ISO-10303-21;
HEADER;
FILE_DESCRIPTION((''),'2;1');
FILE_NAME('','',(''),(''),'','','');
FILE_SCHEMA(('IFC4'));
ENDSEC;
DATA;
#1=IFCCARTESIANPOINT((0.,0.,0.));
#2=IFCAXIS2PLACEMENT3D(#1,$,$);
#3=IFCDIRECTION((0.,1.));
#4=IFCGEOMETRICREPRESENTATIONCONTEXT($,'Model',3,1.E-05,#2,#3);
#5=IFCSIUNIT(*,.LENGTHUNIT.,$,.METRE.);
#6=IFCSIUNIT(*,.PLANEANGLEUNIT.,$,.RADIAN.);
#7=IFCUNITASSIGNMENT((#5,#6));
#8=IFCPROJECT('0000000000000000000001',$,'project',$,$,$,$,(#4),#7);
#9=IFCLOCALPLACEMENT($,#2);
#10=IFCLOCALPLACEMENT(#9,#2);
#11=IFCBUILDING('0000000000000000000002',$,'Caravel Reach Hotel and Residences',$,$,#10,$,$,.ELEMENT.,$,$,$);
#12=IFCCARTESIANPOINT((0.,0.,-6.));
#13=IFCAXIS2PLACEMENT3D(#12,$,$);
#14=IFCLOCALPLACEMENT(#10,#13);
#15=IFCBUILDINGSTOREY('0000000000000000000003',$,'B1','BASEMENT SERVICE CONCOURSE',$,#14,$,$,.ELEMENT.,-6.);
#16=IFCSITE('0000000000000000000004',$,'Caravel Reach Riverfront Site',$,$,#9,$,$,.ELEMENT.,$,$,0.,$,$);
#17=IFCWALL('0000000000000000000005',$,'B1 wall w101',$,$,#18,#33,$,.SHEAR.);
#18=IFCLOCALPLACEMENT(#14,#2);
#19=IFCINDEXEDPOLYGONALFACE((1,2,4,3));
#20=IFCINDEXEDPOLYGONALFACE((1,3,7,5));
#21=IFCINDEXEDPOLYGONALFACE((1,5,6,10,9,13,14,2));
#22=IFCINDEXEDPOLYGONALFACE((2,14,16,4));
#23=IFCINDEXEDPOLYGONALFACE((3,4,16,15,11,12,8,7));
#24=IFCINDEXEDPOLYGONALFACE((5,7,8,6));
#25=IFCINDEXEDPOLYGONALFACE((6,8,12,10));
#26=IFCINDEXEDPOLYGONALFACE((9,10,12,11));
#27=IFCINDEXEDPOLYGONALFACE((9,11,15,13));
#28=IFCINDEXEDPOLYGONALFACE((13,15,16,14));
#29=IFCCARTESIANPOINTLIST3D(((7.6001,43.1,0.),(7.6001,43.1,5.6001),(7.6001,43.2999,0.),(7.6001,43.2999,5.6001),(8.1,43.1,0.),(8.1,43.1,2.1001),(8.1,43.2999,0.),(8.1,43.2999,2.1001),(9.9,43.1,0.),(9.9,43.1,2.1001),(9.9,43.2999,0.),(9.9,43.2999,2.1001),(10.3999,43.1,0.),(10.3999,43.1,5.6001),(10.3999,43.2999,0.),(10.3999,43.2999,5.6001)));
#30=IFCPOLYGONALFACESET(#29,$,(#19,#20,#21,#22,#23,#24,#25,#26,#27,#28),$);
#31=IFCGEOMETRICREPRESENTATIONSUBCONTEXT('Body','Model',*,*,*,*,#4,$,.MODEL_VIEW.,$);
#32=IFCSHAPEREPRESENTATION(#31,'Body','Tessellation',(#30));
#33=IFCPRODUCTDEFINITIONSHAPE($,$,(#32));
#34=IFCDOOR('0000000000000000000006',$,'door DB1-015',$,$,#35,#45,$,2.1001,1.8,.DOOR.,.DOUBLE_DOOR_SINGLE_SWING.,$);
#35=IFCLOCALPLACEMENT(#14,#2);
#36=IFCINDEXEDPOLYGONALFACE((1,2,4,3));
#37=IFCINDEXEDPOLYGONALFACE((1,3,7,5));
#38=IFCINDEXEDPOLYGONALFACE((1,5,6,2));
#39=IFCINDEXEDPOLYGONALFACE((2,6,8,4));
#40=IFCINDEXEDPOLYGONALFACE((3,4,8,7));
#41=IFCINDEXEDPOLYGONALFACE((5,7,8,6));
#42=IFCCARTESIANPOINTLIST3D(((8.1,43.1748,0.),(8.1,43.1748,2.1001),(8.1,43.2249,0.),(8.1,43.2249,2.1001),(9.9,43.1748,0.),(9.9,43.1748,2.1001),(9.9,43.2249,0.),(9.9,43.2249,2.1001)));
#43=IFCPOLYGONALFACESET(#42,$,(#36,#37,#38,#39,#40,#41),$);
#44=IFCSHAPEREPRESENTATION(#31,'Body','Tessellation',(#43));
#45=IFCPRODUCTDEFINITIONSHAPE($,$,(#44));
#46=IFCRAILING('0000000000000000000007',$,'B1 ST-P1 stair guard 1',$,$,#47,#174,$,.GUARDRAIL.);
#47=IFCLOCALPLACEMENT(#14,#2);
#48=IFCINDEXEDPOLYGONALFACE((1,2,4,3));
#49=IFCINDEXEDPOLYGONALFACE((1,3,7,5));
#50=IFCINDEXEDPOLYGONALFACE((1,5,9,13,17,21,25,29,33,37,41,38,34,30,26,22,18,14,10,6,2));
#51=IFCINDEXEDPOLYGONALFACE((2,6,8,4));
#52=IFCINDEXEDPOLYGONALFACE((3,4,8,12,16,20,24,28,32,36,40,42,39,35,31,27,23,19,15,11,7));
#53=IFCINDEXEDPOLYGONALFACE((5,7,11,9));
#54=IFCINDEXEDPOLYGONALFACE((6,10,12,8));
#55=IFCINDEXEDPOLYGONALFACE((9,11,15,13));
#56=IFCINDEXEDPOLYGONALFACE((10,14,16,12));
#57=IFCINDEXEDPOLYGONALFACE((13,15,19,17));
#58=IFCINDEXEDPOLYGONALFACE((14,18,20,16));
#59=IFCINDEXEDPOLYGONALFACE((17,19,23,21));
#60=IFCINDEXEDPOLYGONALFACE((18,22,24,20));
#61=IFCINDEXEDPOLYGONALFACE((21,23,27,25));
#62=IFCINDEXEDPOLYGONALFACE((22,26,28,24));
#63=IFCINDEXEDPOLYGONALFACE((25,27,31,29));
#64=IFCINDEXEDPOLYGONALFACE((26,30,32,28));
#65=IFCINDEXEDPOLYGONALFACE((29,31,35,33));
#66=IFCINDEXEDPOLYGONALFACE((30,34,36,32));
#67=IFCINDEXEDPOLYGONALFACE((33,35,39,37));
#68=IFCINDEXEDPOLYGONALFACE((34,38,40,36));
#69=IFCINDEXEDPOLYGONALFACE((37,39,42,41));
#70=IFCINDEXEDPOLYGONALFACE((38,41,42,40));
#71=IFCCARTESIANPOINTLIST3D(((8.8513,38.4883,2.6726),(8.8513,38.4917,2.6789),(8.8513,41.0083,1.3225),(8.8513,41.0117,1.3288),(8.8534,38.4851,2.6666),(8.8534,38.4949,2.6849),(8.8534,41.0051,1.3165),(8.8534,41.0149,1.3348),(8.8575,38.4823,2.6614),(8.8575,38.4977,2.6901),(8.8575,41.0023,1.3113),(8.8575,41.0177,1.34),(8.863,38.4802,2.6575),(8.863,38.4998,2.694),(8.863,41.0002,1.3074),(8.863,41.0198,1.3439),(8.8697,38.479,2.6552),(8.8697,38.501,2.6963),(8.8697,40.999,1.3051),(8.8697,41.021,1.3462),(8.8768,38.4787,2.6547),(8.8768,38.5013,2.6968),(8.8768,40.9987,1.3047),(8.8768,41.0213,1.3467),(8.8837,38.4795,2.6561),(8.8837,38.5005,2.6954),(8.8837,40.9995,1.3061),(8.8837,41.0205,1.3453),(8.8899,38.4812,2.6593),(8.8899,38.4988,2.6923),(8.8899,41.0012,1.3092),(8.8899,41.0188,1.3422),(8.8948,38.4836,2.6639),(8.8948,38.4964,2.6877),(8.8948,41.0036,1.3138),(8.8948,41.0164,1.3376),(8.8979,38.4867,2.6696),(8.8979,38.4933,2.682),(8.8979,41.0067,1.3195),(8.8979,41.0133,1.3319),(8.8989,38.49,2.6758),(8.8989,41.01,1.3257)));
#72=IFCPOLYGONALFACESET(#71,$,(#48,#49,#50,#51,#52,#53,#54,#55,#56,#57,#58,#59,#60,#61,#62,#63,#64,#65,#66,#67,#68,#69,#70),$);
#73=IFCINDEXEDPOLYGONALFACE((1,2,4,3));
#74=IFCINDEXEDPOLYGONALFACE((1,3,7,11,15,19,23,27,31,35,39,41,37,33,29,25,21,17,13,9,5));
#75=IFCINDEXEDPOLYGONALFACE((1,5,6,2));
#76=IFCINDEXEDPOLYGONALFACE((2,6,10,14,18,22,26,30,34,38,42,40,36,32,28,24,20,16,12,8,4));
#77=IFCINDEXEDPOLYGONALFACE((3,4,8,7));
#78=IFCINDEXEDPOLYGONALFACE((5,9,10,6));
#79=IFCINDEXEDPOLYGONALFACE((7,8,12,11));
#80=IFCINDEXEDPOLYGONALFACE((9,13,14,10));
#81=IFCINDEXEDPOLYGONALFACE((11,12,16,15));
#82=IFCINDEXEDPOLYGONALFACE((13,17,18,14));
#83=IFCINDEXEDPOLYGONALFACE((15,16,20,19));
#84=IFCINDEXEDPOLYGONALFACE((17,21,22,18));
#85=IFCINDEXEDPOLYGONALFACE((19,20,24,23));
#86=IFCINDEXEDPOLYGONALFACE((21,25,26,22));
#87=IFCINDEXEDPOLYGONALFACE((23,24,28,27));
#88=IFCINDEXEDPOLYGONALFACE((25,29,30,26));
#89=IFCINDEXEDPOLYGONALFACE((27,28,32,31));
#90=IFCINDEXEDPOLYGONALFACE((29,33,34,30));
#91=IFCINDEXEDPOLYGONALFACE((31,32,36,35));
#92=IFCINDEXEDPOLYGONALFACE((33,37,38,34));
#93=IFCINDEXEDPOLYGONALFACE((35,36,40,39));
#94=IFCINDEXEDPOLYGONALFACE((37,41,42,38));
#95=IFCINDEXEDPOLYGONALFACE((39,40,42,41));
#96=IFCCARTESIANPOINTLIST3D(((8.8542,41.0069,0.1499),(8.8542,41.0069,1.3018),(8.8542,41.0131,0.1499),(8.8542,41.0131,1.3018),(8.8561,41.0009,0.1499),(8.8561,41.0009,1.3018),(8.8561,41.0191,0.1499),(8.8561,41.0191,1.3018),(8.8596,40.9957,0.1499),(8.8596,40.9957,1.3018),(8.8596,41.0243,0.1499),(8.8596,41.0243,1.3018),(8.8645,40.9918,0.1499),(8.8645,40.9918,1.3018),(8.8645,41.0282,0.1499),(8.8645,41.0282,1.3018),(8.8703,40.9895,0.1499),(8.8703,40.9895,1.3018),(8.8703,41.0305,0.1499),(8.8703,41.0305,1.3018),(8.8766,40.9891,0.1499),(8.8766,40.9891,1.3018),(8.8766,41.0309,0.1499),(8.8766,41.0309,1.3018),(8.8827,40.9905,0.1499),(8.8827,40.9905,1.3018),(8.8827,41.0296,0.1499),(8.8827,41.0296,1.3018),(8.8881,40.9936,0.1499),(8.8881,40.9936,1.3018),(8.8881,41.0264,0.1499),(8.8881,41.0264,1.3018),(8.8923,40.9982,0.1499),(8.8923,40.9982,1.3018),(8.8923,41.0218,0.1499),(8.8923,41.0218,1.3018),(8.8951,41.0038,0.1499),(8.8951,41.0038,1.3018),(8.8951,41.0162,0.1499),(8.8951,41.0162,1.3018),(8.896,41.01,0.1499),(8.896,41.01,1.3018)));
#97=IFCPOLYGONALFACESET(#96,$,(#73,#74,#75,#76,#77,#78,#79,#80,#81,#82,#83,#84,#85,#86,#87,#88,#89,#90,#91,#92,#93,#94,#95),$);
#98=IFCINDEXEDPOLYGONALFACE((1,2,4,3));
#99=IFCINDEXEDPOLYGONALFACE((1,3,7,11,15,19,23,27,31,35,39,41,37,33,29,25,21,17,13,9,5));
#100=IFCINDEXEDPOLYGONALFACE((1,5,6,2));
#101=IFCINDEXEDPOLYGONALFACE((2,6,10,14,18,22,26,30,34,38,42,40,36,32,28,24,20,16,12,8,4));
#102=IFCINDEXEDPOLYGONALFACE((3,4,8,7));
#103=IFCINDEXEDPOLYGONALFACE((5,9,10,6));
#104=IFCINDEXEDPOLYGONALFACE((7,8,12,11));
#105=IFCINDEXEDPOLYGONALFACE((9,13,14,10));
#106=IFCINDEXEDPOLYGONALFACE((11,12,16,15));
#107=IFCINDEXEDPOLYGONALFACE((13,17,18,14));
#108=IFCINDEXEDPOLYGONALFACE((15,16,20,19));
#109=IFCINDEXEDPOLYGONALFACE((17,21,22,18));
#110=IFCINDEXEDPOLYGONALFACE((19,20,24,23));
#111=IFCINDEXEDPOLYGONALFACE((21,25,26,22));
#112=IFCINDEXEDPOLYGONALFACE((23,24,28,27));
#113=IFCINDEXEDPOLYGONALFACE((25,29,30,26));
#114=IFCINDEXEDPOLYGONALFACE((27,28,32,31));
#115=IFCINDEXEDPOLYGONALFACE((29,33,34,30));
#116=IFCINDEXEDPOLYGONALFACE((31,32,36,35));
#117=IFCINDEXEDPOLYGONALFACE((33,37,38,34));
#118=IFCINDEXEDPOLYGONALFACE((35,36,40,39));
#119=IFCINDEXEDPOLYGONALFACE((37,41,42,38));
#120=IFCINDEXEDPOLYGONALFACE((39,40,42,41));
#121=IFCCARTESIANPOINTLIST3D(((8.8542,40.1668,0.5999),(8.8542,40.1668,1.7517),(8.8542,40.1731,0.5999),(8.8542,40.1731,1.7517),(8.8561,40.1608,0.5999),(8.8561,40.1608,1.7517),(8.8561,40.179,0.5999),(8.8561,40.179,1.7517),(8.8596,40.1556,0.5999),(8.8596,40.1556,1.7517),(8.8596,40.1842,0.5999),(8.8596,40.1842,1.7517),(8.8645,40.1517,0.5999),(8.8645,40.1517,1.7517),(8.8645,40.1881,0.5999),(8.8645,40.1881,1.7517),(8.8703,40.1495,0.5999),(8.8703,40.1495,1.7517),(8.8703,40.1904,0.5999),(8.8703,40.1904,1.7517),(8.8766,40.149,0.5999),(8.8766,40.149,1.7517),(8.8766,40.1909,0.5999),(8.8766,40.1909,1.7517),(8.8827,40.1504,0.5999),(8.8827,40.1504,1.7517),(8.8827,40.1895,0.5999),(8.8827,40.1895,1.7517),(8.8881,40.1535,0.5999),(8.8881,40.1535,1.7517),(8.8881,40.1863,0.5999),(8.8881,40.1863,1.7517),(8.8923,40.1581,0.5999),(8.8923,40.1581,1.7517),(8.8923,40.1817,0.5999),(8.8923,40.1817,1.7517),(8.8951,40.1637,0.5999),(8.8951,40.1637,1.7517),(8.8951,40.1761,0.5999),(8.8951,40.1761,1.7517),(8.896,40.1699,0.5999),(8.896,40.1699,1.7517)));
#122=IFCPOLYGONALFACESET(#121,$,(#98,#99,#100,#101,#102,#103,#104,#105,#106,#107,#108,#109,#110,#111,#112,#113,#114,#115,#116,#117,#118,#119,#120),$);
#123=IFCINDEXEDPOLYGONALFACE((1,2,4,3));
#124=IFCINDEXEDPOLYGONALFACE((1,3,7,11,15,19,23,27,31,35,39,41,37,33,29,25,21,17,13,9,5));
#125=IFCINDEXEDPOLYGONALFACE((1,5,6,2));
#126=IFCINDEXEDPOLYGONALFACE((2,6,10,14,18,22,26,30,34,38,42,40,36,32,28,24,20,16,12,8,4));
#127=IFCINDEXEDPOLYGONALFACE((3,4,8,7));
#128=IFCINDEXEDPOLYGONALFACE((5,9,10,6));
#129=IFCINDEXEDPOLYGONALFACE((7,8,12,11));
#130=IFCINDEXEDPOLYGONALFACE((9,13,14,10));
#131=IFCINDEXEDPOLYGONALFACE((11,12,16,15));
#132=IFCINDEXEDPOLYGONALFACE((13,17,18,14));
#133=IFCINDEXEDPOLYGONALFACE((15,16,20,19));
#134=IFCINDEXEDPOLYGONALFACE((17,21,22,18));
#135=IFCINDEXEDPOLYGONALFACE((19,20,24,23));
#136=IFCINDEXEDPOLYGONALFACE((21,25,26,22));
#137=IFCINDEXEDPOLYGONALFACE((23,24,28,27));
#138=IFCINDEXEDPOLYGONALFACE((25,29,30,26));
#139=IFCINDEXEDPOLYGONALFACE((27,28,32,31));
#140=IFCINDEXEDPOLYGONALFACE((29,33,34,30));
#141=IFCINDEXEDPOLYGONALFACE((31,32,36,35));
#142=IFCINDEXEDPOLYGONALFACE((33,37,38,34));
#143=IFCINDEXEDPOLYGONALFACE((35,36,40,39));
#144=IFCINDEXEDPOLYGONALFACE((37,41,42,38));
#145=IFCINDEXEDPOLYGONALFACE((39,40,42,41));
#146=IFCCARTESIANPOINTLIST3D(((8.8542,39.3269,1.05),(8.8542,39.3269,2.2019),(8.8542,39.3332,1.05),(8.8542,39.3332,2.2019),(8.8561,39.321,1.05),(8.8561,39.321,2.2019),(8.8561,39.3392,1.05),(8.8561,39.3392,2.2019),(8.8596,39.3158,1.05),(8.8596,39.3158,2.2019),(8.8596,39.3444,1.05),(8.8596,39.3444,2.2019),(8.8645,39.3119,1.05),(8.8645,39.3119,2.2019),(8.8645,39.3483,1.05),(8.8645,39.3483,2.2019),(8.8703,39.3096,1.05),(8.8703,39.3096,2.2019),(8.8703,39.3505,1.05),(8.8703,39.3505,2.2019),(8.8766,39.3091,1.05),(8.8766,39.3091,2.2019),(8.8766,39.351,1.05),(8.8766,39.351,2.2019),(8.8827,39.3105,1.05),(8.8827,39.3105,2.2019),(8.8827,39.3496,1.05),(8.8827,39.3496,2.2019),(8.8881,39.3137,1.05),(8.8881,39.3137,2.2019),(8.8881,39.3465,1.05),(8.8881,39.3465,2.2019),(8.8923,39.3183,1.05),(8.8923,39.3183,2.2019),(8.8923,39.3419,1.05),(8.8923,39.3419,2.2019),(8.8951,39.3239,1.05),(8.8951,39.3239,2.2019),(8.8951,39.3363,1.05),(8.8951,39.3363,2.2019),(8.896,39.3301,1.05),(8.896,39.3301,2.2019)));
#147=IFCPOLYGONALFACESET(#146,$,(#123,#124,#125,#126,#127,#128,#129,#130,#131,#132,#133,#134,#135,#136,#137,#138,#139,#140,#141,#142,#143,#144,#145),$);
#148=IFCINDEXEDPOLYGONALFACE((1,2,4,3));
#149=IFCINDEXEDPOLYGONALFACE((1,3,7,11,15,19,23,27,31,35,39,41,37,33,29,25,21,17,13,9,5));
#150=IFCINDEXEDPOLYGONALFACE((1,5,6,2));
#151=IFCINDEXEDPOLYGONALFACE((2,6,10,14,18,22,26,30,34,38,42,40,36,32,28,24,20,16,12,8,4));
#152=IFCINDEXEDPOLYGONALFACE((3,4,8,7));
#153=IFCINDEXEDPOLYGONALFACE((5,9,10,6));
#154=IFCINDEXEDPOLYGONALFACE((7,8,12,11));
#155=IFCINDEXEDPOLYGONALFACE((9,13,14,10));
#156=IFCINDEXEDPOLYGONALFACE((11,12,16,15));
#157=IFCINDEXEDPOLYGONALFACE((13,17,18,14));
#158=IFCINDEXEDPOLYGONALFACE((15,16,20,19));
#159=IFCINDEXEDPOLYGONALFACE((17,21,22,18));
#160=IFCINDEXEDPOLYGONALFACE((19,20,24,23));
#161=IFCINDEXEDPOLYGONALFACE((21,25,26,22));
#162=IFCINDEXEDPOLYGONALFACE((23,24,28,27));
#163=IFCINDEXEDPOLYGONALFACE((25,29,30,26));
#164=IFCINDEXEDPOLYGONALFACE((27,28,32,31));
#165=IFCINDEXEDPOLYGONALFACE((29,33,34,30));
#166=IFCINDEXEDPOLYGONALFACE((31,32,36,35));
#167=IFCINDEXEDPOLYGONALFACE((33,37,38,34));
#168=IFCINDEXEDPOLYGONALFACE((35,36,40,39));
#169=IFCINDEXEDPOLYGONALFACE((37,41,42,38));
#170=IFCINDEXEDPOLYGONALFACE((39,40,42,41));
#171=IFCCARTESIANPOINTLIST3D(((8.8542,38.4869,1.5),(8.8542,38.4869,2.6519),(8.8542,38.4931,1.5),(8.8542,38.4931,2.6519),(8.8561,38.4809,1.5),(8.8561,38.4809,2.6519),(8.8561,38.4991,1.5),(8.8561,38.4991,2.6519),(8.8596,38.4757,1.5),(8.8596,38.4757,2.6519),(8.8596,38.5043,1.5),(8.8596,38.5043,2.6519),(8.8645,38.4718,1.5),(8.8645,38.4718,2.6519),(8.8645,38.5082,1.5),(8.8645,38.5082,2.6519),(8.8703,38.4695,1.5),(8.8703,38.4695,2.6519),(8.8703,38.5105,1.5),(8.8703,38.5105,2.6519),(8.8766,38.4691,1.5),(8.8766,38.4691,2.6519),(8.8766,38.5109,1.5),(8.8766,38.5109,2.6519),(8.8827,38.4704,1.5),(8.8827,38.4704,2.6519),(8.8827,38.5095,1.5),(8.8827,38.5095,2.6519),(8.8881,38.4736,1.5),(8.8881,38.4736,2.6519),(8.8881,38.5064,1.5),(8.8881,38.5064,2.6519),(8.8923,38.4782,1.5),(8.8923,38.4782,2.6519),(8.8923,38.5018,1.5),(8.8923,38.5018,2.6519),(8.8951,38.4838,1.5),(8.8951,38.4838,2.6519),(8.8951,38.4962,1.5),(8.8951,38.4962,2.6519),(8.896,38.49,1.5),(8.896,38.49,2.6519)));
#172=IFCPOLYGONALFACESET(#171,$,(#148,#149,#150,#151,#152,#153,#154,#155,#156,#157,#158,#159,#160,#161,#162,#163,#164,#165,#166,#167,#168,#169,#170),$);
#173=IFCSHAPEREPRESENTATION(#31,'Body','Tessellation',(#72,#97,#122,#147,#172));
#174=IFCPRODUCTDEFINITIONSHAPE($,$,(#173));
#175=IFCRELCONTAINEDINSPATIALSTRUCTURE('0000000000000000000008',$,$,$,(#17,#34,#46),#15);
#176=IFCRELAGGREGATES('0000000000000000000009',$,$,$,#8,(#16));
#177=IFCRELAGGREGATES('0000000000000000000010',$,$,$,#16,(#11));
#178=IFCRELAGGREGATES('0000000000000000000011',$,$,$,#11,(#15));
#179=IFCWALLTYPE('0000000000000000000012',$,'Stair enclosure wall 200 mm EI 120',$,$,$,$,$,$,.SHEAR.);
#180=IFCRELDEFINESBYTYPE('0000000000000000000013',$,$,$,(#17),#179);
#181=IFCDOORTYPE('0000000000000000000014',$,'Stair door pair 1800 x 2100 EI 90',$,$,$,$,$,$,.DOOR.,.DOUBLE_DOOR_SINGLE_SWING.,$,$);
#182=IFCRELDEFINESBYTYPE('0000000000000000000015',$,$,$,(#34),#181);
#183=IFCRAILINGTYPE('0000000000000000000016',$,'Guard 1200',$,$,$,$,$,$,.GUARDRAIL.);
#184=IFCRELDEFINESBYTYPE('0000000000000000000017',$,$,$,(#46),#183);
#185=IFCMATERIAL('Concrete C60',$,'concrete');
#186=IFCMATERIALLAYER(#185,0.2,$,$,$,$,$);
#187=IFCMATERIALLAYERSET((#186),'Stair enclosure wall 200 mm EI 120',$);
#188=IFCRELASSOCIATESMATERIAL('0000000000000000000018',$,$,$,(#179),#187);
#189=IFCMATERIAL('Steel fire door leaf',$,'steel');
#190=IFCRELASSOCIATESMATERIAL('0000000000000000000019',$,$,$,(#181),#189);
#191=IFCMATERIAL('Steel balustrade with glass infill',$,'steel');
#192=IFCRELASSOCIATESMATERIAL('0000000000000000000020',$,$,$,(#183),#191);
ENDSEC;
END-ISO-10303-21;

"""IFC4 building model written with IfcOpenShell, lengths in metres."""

from ifc_helpers import new_model, si_unit, direction, frame, frame_2d, origin, origin_2d, place, context, subcontext, project, spatial, rectangle, circle, extrude, material, layer, layer_set, type_object, element, fill, save


model = new_model("IFC4")

# Units and contexts
model_context = context("Model", 3, precision=1e-05, world=origin(), true_north=direction((0.0, 1.0)))
body_context = subcontext(model_context, "Body", "Model", "MODEL_VIEW")
ifc_project = project(units=[si_unit("LENGTHUNIT", "METRE"), si_unit("PLANEANGLEUNIT", "RADIAN")], contexts=[model_context])

# Site, building, storey
site_placement = place(None, origin())
site = spatial("IfcSite", under=ifc_project, at=site_placement, Name="Caravel Reach Riverfront Site", CompositionType="ELEMENT", RefElevation=0.0)
building_placement = place(site_placement, origin())
building = spatial("IfcBuilding", under=site, at=building_placement, Name="Caravel Reach Hotel and Residences", CompositionType="ELEMENT")
storey_placement = place(building_placement, frame((0.0, 0.0, -6.0)))
storey = spatial("IfcBuildingStorey", under=building, at=storey_placement, Name="B1", Description="BASEMENT SERVICE CONCOURSE", CompositionType="ELEMENT", Elevation=-6.0)

# Shared definitions
ifc_material_1 = material(Name="Concrete C60", Category="concrete")
ifc_layer_1 = layer(ifc_material_1, 0.2)
ifc_layer_set_1 = layer_set([ifc_layer_1], Name="Stair enclosure wall 200 mm EI 120")
wall_type_1 = type_object("IfcWallType", Name="Stair enclosure wall 200 mm EI 120", PredefinedType="SHEAR", material=ifc_layer_set_1)

# Wall, opening, door
wall_1_placement = place(storey_placement, frame((7.6001, 43.2, 0.0), z_axis=(0.0, 0.0, 1.0), x_axis=(1.0, 0.0, 0.0)))
wall_1 = element("IfcWall", 1, at=wall_1_placement, inside=storey, type_object=wall_type_1, Name="B1 wall w101", PredefinedType="SHEAR", context=body_context, shape_type="SweptSolid", body=[
    extrude(rectangle(XDim=2.7998, YDim=0.2, at=frame_2d((1.3999, 0.0))), origin(), (0.0, 0.0, 1.0), 5.6001),
])
opening_1_placement = place(wall_1_placement, frame((0.5, 0.0, 0.0)))
opening_1 = element("IfcOpeningElement", 2, at=opening_1_placement, cuts=wall_1, PredefinedType="OPENING", context=body_context, shape_type="SweptSolid", body=[
    extrude(rectangle(XDim=1.8, YDim=2.1001, at=frame_2d((0.8999, 1.05))), frame((0.0, 0.1099, 0.0), z_axis=(0.0, -1.0, 0.0), x_axis=(1.0, 0.0, 0.0)), (0.0, 0.0, 1.0), 0.22),
])
ifc_material_2 = material(Name="Steel fire door leaf", Category="steel")
door_type_1 = type_object("IfcDoorType", Name="Stair door pair 1800 x 2100 EI 90", OperationType="DOUBLE_DOOR_SINGLE_SWING", PredefinedType="DOOR", material=ifc_material_2)
door_1_placement = place(opening_1_placement, origin())
door_1 = element("IfcDoor", 3, at=door_1_placement, inside=storey, type_object=door_type_1, Name="door DB1-015", OperationType="DOUBLE_DOOR_SINGLE_SWING", OverallHeight=2.1001, OverallWidth=1.8, PredefinedType="DOOR", context=body_context, shape_type="SweptSolid", body=[
    extrude(rectangle(XDim=1.8, YDim=2.1001, at=frame_2d((0.8999, 1.05))), frame((0.0, 0.0249, 0.0), z_axis=(0.0, -1.0, 0.0), x_axis=(1.0, 0.0, 0.0)), (0.0, 0.0, 1.0), 0.05),
])
fill(opening_1, door_1)

# Railing
ifc_material_3 = material(Name="Steel balustrade with glass infill", Category="steel")
railing_type_1 = type_object("IfcRailingType", Name="Guard 1200", PredefinedType="GUARDRAIL", material=ifc_material_3)
railing_1_placement = place(storey_placement, frame((8.875, 41.01, 0.1499)))
element("IfcRailing", 4, at=railing_1_placement, inside=storey, type_object=railing_type_1, Name="B1 ST-P1 stair guard 1", PredefinedType="GUARDRAIL", context=body_context, shape_type="SweptSolid", body=[
    extrude(circle(Radius=0.0239, at=origin_2d()), frame((0.0, 0.0, 1.1758), z_axis=(0.0, -0.881467, 0.472245), x_axis=(1.0, 0.0, 0.0)), (0.0, 0.0, 1.0), 2.8589),
    extrude(circle(Radius=0.021, at=origin_2d()), origin(), (0.0, 0.0, 1.0), 1.1519),
    extrude(circle(Radius=0.021, at=origin_2d()), frame((0.0, -0.8401, 0.45)), (0.0, 0.0, 1.0), 1.1519),
    extrude(circle(Radius=0.021, at=origin_2d()), frame((0.0, -1.6799, 0.9001)), (0.0, 0.0, 1.0), 1.1519),
    extrude(circle(Radius=0.021, at=origin_2d()), frame((0.0, -2.52, 1.3501)), (0.0, 0.0, 1.0), 1.1519),
])

save(model, "model.ifc")
